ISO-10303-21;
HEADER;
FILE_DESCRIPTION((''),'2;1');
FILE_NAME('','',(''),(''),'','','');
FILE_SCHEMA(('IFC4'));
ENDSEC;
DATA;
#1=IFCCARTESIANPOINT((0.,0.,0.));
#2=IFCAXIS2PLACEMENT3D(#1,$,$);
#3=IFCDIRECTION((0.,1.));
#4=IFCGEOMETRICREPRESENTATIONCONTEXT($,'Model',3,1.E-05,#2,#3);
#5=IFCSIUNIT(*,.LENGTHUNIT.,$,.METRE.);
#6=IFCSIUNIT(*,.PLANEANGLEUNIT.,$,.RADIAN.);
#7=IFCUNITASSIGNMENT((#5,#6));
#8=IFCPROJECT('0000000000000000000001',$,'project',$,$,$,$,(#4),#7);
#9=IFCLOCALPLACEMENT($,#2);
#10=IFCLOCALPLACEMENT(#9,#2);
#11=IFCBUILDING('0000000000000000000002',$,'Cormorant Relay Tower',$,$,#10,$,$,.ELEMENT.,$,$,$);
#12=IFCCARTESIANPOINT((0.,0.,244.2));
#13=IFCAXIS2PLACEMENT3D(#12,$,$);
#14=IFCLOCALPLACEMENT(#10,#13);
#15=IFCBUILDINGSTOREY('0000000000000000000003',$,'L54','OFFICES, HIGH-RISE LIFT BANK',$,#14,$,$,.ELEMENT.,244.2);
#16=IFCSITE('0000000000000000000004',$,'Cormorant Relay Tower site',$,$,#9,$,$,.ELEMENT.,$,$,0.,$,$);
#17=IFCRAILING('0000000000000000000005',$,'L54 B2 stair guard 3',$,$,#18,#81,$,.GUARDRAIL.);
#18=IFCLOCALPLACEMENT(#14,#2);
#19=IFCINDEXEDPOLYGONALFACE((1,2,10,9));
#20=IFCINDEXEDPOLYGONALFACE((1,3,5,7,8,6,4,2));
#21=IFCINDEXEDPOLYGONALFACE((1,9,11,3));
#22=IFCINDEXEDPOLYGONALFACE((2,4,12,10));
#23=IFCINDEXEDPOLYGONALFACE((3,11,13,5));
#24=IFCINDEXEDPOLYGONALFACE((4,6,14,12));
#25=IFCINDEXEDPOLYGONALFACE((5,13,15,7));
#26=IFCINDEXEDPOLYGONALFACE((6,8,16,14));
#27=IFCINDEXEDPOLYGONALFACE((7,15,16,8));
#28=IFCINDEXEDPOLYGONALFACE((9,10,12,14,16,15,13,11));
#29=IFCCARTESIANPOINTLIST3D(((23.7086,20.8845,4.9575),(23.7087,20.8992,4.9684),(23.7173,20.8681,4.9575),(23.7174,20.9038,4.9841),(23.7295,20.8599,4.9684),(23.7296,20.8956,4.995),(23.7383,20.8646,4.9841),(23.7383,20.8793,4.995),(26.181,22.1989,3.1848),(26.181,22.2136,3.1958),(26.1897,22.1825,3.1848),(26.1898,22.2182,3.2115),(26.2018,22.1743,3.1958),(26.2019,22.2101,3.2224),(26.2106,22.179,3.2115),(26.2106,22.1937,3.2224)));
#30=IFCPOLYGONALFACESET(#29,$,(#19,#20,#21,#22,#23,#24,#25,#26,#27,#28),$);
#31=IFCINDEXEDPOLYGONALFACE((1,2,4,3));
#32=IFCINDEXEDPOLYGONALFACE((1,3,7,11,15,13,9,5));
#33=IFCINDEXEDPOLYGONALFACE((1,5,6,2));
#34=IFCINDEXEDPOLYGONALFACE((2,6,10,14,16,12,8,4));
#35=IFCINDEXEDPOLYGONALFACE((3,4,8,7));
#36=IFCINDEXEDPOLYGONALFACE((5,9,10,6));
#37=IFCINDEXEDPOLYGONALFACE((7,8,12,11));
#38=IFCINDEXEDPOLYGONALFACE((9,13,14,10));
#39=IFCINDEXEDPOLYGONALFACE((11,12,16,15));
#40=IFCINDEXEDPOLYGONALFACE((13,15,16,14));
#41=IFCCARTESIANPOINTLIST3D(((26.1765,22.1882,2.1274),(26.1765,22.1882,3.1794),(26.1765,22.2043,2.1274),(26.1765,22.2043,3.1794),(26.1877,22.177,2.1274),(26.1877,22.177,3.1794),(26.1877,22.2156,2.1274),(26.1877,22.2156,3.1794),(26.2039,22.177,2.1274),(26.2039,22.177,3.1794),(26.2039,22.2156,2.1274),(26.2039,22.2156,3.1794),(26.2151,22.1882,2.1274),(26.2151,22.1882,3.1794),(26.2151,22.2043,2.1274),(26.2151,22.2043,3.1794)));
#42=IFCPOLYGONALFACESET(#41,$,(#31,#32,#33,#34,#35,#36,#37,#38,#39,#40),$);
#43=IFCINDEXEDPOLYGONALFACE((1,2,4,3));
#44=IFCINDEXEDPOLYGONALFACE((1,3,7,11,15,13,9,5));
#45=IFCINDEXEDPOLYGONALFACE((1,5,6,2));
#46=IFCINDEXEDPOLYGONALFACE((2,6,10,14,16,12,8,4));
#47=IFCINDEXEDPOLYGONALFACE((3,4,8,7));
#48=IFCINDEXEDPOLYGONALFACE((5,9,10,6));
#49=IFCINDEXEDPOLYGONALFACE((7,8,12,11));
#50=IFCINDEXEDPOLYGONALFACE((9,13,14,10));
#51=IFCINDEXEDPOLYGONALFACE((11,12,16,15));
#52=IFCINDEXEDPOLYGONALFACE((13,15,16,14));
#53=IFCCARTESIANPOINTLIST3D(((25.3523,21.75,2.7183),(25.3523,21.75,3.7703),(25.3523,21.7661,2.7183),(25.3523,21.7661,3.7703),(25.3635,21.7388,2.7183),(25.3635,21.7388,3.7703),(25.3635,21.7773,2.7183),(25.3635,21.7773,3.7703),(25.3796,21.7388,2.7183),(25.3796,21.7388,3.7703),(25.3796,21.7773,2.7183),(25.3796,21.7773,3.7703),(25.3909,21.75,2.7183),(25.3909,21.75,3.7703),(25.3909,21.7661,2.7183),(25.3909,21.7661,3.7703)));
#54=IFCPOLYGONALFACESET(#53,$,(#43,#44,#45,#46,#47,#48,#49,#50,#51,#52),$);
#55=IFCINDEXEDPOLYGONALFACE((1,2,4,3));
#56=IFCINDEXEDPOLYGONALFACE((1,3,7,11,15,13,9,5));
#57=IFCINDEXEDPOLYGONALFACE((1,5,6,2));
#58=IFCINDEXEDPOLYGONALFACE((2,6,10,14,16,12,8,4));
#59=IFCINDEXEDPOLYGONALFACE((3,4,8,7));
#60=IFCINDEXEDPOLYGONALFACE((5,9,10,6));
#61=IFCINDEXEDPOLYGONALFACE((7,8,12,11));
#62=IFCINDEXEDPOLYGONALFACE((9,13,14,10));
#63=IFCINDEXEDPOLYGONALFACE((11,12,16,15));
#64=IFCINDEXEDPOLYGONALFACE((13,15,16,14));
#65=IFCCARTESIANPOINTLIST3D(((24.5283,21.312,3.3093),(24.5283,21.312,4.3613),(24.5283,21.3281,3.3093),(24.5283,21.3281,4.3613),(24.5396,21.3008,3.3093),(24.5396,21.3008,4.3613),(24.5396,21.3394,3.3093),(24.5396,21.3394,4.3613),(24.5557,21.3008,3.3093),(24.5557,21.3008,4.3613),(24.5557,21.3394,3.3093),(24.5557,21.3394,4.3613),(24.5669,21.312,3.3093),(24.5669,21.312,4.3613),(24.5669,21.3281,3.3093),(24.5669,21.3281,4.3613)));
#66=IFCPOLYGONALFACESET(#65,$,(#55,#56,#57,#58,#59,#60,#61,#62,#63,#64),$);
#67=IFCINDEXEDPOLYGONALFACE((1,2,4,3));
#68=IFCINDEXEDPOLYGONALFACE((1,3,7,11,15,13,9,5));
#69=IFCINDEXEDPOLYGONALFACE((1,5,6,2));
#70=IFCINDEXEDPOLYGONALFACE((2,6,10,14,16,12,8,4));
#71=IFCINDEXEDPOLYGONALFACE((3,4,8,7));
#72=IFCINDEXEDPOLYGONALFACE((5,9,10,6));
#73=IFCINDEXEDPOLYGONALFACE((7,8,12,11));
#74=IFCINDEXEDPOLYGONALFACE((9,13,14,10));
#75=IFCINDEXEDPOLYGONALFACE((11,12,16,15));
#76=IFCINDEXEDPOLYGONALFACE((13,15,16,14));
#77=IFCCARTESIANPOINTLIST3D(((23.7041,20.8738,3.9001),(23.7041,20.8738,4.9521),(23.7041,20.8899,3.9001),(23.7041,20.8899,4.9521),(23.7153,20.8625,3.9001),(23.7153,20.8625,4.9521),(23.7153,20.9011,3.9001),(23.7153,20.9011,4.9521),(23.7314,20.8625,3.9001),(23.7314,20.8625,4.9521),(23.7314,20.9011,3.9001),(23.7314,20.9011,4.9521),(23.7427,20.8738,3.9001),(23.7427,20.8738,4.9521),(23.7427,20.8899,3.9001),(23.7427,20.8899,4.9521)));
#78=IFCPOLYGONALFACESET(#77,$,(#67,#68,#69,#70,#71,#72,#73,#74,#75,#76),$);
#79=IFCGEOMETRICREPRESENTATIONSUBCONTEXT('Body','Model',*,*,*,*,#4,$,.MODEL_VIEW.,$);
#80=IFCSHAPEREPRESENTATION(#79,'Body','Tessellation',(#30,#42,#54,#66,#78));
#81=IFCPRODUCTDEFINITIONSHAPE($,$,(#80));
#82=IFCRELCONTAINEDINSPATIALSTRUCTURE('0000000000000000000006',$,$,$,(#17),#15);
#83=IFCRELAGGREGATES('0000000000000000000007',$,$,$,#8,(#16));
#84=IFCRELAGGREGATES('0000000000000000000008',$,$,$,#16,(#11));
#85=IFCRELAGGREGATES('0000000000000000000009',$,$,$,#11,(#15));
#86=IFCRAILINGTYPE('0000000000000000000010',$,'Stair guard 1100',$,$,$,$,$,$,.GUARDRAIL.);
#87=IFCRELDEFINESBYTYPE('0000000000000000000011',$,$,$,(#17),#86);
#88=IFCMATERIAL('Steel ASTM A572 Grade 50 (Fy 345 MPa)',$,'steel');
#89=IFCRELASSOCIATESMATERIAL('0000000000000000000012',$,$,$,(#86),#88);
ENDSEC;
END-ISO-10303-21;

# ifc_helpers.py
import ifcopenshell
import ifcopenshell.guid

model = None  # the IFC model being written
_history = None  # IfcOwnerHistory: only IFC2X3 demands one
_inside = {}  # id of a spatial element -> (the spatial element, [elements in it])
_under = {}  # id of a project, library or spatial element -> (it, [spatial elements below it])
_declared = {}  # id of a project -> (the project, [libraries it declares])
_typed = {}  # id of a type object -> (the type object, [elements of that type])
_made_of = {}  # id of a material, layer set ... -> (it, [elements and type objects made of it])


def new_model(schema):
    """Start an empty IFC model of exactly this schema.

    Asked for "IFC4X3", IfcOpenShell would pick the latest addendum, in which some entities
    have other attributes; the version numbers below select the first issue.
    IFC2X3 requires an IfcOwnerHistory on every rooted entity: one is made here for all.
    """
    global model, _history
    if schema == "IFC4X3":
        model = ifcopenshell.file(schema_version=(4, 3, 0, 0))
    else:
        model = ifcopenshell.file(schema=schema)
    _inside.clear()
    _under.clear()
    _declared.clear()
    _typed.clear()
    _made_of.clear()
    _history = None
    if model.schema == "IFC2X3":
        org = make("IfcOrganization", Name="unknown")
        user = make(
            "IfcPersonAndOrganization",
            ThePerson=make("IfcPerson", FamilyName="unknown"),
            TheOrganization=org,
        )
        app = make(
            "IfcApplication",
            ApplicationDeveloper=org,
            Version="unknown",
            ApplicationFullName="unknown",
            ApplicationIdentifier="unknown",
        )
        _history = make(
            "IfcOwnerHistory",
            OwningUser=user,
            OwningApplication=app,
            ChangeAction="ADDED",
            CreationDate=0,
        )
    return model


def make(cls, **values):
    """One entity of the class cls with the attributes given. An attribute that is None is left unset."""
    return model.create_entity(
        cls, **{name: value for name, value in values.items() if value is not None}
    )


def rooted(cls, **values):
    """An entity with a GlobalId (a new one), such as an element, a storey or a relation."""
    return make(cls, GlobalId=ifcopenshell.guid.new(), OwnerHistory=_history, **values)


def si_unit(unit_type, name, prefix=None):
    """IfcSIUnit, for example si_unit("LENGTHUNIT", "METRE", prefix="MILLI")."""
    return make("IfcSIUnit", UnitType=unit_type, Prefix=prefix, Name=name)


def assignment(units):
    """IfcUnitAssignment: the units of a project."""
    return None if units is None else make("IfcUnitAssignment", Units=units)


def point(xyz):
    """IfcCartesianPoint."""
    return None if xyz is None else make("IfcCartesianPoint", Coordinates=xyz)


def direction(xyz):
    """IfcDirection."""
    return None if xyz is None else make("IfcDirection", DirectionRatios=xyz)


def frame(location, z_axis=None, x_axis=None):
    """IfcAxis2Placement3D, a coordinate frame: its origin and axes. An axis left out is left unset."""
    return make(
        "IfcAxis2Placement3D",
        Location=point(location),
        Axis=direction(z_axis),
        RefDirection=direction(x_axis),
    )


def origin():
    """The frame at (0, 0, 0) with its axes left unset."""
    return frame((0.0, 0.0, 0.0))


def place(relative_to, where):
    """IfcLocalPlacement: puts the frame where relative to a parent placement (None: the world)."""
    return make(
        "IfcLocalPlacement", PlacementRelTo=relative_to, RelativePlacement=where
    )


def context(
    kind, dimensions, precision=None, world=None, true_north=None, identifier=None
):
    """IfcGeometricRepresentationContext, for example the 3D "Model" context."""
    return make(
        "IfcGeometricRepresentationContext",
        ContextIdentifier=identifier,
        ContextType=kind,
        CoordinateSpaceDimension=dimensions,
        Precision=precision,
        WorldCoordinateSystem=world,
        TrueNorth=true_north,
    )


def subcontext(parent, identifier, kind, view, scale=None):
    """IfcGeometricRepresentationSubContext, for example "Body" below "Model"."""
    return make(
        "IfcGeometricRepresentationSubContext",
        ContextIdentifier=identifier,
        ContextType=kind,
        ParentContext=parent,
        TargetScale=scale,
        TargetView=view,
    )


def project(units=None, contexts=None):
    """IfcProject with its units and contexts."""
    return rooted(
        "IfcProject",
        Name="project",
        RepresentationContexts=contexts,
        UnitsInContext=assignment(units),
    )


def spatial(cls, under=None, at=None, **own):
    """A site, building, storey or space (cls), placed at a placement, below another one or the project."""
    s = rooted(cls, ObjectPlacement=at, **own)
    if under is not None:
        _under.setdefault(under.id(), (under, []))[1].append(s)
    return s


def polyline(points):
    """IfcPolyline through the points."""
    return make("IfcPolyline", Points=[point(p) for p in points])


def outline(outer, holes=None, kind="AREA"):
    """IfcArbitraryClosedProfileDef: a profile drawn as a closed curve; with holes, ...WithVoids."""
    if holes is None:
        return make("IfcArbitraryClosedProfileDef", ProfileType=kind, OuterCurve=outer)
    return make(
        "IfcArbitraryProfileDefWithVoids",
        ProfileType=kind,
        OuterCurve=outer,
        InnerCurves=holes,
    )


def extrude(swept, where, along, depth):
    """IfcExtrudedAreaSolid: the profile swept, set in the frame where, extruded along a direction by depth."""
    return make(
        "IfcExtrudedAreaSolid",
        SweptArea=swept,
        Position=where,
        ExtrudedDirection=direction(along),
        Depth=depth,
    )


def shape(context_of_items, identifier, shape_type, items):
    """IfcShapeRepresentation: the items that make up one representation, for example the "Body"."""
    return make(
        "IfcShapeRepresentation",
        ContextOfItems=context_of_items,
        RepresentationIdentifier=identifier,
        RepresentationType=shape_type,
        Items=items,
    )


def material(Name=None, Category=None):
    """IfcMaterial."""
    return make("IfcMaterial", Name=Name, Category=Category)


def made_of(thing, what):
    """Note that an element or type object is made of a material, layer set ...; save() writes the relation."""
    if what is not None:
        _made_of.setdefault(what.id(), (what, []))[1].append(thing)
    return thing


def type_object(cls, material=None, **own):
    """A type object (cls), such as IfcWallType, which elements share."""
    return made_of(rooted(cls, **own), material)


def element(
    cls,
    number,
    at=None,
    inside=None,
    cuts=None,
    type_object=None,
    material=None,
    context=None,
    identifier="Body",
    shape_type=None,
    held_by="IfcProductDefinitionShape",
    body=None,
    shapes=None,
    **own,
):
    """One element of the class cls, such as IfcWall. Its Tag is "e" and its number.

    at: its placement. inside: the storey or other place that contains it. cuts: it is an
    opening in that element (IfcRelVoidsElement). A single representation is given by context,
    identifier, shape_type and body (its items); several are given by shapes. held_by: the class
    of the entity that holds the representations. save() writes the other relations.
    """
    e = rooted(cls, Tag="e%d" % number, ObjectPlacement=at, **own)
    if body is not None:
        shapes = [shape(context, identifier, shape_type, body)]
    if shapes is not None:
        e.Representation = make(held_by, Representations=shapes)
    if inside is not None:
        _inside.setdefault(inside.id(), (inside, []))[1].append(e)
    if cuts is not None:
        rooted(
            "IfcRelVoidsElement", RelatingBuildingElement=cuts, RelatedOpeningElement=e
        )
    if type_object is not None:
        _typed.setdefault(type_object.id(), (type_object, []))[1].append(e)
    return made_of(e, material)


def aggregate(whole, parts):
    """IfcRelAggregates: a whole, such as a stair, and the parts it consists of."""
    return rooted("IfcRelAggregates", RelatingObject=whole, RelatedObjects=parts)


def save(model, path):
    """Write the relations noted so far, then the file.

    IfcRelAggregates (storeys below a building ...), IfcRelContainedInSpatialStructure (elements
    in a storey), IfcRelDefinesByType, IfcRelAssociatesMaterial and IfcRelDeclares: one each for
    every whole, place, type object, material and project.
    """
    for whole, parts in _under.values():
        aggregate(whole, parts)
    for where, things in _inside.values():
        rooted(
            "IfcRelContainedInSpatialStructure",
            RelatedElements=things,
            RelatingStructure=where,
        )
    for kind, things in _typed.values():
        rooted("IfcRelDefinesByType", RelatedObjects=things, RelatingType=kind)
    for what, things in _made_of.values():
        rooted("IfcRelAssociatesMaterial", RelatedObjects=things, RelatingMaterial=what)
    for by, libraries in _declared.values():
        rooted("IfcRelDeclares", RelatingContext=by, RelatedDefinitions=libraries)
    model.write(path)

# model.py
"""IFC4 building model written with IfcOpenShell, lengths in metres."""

from ifc_helpers import new_model, si_unit, direction, frame, origin, place, context, subcontext, project, spatial, polyline, outline, extrude, material, type_object, element, save


model = new_model("IFC4")

# Units and contexts
model_context = context("Model", 3, precision=1e-05, world=origin(), true_north=direction((0.0, 1.0)))
body_context = subcontext(model_context, "Body", "Model", "MODEL_VIEW")
ifc_project = project(units=[si_unit("LENGTHUNIT", "METRE"), si_unit("PLANEANGLEUNIT", "RADIAN")], contexts=[model_context])

# Site, building, storey
site_placement = place(None, origin())
site = spatial("IfcSite", under=ifc_project, at=site_placement, Name="Cormorant Relay Tower site", CompositionType="ELEMENT", RefElevation=0.0)
building_placement = place(site_placement, origin())
building = spatial("IfcBuilding", under=site, at=building_placement, Name="Cormorant Relay Tower", CompositionType="ELEMENT")
storey_placement = place(building_placement, frame((0.0, 0.0, 244.2)))
storey = spatial("IfcBuildingStorey", under=building, at=storey_placement, Name="L54", Description="OFFICES, HIGH-RISE LIFT BANK", CompositionType="ELEMENT", Elevation=244.2)

# Railing
ifc_material_1 = material(Name="Steel ASTM A572 Grade 50 (Fy 345 MPa)", Category="steel")
railing_type = type_object("IfcRailingType", Name="Stair guard 1100", PredefinedType="GUARDRAIL", material=ifc_material_1)
railing_1_placement = place(storey_placement, frame((26.1958, 22.1963, 2.1274)))
element("IfcRailing", 1, at=railing_1_placement, inside=storey, type_object=railing_type, Name="L54 B2 stair guard 3", PredefinedType="GUARDRAIL", context=body_context, shape_type="SweptSolid", body=[
    extrude(outline(polyline([(0.0222, 0.0093), (0.0093, 0.0222), (-0.0093, 0.0222), (-0.0222, 0.0093), (-0.0222, -0.0093), (-0.0093, -0.0222), (0.0093, -0.0222), (0.0222, -0.0093), (0.0222, 0.0093)])), frame((0.0, 0.0, 1.0762), z_axis=(-0.746034, -0.396627, 0.534902), x_axis=(0.469429, -0.88297, 0.0)), (0.0, 0.0, 1.0), 3.314),
    extrude(outline(polyline([(0.0193, 0.0081), (0.0081, 0.0193), (-0.0081, 0.0193), (-0.0193, 0.0081), (-0.0193, -0.0081), (-0.0081, -0.0193), (0.0081, -0.0193), (0.0193, -0.0081), (0.0193, 0.0081)])), origin(), (0.0, 0.0, 1.0), 1.052),
    extrude(outline(polyline([(0.0193, 0.0081), (0.0081, 0.0193), (-0.0081, 0.0193), (-0.0193, 0.0081), (-0.0193, -0.0081), (-0.0081, -0.0193), (0.0081, -0.0193), (0.0193, -0.0081), (0.0193, 0.0081)])), frame((-0.8242, -0.4382, 0.5908)), (0.0, 0.0, 1.0), 1.052),
    extrude(outline(polyline([(0.0193, 0.0081), (0.0081, 0.0193), (-0.0081, 0.0193), (-0.0193, 0.0081), (-0.0193, -0.0081), (-0.0081, -0.0193), (0.0081, -0.0193), (0.0193, -0.0081), (0.0193, 0.0081)])), frame((-1.6482, -0.8762, 1.1819)), (0.0, 0.0, 1.0), 1.052),
    extrude(outline(polyline([(0.0193, 0.0081), (0.0081, 0.0193), (-0.0081, 0.0193), (-0.0193, 0.0081), (-0.0193, -0.0081), (-0.0081, -0.0193), (0.0081, -0.0193), (0.0193, -0.0081), (0.0193, 0.0081)])), frame((-2.4724, -1.3145, 1.7727)), (0.0, 0.0, 1.0), 1.052),
])

save(model, "model.ifc")
